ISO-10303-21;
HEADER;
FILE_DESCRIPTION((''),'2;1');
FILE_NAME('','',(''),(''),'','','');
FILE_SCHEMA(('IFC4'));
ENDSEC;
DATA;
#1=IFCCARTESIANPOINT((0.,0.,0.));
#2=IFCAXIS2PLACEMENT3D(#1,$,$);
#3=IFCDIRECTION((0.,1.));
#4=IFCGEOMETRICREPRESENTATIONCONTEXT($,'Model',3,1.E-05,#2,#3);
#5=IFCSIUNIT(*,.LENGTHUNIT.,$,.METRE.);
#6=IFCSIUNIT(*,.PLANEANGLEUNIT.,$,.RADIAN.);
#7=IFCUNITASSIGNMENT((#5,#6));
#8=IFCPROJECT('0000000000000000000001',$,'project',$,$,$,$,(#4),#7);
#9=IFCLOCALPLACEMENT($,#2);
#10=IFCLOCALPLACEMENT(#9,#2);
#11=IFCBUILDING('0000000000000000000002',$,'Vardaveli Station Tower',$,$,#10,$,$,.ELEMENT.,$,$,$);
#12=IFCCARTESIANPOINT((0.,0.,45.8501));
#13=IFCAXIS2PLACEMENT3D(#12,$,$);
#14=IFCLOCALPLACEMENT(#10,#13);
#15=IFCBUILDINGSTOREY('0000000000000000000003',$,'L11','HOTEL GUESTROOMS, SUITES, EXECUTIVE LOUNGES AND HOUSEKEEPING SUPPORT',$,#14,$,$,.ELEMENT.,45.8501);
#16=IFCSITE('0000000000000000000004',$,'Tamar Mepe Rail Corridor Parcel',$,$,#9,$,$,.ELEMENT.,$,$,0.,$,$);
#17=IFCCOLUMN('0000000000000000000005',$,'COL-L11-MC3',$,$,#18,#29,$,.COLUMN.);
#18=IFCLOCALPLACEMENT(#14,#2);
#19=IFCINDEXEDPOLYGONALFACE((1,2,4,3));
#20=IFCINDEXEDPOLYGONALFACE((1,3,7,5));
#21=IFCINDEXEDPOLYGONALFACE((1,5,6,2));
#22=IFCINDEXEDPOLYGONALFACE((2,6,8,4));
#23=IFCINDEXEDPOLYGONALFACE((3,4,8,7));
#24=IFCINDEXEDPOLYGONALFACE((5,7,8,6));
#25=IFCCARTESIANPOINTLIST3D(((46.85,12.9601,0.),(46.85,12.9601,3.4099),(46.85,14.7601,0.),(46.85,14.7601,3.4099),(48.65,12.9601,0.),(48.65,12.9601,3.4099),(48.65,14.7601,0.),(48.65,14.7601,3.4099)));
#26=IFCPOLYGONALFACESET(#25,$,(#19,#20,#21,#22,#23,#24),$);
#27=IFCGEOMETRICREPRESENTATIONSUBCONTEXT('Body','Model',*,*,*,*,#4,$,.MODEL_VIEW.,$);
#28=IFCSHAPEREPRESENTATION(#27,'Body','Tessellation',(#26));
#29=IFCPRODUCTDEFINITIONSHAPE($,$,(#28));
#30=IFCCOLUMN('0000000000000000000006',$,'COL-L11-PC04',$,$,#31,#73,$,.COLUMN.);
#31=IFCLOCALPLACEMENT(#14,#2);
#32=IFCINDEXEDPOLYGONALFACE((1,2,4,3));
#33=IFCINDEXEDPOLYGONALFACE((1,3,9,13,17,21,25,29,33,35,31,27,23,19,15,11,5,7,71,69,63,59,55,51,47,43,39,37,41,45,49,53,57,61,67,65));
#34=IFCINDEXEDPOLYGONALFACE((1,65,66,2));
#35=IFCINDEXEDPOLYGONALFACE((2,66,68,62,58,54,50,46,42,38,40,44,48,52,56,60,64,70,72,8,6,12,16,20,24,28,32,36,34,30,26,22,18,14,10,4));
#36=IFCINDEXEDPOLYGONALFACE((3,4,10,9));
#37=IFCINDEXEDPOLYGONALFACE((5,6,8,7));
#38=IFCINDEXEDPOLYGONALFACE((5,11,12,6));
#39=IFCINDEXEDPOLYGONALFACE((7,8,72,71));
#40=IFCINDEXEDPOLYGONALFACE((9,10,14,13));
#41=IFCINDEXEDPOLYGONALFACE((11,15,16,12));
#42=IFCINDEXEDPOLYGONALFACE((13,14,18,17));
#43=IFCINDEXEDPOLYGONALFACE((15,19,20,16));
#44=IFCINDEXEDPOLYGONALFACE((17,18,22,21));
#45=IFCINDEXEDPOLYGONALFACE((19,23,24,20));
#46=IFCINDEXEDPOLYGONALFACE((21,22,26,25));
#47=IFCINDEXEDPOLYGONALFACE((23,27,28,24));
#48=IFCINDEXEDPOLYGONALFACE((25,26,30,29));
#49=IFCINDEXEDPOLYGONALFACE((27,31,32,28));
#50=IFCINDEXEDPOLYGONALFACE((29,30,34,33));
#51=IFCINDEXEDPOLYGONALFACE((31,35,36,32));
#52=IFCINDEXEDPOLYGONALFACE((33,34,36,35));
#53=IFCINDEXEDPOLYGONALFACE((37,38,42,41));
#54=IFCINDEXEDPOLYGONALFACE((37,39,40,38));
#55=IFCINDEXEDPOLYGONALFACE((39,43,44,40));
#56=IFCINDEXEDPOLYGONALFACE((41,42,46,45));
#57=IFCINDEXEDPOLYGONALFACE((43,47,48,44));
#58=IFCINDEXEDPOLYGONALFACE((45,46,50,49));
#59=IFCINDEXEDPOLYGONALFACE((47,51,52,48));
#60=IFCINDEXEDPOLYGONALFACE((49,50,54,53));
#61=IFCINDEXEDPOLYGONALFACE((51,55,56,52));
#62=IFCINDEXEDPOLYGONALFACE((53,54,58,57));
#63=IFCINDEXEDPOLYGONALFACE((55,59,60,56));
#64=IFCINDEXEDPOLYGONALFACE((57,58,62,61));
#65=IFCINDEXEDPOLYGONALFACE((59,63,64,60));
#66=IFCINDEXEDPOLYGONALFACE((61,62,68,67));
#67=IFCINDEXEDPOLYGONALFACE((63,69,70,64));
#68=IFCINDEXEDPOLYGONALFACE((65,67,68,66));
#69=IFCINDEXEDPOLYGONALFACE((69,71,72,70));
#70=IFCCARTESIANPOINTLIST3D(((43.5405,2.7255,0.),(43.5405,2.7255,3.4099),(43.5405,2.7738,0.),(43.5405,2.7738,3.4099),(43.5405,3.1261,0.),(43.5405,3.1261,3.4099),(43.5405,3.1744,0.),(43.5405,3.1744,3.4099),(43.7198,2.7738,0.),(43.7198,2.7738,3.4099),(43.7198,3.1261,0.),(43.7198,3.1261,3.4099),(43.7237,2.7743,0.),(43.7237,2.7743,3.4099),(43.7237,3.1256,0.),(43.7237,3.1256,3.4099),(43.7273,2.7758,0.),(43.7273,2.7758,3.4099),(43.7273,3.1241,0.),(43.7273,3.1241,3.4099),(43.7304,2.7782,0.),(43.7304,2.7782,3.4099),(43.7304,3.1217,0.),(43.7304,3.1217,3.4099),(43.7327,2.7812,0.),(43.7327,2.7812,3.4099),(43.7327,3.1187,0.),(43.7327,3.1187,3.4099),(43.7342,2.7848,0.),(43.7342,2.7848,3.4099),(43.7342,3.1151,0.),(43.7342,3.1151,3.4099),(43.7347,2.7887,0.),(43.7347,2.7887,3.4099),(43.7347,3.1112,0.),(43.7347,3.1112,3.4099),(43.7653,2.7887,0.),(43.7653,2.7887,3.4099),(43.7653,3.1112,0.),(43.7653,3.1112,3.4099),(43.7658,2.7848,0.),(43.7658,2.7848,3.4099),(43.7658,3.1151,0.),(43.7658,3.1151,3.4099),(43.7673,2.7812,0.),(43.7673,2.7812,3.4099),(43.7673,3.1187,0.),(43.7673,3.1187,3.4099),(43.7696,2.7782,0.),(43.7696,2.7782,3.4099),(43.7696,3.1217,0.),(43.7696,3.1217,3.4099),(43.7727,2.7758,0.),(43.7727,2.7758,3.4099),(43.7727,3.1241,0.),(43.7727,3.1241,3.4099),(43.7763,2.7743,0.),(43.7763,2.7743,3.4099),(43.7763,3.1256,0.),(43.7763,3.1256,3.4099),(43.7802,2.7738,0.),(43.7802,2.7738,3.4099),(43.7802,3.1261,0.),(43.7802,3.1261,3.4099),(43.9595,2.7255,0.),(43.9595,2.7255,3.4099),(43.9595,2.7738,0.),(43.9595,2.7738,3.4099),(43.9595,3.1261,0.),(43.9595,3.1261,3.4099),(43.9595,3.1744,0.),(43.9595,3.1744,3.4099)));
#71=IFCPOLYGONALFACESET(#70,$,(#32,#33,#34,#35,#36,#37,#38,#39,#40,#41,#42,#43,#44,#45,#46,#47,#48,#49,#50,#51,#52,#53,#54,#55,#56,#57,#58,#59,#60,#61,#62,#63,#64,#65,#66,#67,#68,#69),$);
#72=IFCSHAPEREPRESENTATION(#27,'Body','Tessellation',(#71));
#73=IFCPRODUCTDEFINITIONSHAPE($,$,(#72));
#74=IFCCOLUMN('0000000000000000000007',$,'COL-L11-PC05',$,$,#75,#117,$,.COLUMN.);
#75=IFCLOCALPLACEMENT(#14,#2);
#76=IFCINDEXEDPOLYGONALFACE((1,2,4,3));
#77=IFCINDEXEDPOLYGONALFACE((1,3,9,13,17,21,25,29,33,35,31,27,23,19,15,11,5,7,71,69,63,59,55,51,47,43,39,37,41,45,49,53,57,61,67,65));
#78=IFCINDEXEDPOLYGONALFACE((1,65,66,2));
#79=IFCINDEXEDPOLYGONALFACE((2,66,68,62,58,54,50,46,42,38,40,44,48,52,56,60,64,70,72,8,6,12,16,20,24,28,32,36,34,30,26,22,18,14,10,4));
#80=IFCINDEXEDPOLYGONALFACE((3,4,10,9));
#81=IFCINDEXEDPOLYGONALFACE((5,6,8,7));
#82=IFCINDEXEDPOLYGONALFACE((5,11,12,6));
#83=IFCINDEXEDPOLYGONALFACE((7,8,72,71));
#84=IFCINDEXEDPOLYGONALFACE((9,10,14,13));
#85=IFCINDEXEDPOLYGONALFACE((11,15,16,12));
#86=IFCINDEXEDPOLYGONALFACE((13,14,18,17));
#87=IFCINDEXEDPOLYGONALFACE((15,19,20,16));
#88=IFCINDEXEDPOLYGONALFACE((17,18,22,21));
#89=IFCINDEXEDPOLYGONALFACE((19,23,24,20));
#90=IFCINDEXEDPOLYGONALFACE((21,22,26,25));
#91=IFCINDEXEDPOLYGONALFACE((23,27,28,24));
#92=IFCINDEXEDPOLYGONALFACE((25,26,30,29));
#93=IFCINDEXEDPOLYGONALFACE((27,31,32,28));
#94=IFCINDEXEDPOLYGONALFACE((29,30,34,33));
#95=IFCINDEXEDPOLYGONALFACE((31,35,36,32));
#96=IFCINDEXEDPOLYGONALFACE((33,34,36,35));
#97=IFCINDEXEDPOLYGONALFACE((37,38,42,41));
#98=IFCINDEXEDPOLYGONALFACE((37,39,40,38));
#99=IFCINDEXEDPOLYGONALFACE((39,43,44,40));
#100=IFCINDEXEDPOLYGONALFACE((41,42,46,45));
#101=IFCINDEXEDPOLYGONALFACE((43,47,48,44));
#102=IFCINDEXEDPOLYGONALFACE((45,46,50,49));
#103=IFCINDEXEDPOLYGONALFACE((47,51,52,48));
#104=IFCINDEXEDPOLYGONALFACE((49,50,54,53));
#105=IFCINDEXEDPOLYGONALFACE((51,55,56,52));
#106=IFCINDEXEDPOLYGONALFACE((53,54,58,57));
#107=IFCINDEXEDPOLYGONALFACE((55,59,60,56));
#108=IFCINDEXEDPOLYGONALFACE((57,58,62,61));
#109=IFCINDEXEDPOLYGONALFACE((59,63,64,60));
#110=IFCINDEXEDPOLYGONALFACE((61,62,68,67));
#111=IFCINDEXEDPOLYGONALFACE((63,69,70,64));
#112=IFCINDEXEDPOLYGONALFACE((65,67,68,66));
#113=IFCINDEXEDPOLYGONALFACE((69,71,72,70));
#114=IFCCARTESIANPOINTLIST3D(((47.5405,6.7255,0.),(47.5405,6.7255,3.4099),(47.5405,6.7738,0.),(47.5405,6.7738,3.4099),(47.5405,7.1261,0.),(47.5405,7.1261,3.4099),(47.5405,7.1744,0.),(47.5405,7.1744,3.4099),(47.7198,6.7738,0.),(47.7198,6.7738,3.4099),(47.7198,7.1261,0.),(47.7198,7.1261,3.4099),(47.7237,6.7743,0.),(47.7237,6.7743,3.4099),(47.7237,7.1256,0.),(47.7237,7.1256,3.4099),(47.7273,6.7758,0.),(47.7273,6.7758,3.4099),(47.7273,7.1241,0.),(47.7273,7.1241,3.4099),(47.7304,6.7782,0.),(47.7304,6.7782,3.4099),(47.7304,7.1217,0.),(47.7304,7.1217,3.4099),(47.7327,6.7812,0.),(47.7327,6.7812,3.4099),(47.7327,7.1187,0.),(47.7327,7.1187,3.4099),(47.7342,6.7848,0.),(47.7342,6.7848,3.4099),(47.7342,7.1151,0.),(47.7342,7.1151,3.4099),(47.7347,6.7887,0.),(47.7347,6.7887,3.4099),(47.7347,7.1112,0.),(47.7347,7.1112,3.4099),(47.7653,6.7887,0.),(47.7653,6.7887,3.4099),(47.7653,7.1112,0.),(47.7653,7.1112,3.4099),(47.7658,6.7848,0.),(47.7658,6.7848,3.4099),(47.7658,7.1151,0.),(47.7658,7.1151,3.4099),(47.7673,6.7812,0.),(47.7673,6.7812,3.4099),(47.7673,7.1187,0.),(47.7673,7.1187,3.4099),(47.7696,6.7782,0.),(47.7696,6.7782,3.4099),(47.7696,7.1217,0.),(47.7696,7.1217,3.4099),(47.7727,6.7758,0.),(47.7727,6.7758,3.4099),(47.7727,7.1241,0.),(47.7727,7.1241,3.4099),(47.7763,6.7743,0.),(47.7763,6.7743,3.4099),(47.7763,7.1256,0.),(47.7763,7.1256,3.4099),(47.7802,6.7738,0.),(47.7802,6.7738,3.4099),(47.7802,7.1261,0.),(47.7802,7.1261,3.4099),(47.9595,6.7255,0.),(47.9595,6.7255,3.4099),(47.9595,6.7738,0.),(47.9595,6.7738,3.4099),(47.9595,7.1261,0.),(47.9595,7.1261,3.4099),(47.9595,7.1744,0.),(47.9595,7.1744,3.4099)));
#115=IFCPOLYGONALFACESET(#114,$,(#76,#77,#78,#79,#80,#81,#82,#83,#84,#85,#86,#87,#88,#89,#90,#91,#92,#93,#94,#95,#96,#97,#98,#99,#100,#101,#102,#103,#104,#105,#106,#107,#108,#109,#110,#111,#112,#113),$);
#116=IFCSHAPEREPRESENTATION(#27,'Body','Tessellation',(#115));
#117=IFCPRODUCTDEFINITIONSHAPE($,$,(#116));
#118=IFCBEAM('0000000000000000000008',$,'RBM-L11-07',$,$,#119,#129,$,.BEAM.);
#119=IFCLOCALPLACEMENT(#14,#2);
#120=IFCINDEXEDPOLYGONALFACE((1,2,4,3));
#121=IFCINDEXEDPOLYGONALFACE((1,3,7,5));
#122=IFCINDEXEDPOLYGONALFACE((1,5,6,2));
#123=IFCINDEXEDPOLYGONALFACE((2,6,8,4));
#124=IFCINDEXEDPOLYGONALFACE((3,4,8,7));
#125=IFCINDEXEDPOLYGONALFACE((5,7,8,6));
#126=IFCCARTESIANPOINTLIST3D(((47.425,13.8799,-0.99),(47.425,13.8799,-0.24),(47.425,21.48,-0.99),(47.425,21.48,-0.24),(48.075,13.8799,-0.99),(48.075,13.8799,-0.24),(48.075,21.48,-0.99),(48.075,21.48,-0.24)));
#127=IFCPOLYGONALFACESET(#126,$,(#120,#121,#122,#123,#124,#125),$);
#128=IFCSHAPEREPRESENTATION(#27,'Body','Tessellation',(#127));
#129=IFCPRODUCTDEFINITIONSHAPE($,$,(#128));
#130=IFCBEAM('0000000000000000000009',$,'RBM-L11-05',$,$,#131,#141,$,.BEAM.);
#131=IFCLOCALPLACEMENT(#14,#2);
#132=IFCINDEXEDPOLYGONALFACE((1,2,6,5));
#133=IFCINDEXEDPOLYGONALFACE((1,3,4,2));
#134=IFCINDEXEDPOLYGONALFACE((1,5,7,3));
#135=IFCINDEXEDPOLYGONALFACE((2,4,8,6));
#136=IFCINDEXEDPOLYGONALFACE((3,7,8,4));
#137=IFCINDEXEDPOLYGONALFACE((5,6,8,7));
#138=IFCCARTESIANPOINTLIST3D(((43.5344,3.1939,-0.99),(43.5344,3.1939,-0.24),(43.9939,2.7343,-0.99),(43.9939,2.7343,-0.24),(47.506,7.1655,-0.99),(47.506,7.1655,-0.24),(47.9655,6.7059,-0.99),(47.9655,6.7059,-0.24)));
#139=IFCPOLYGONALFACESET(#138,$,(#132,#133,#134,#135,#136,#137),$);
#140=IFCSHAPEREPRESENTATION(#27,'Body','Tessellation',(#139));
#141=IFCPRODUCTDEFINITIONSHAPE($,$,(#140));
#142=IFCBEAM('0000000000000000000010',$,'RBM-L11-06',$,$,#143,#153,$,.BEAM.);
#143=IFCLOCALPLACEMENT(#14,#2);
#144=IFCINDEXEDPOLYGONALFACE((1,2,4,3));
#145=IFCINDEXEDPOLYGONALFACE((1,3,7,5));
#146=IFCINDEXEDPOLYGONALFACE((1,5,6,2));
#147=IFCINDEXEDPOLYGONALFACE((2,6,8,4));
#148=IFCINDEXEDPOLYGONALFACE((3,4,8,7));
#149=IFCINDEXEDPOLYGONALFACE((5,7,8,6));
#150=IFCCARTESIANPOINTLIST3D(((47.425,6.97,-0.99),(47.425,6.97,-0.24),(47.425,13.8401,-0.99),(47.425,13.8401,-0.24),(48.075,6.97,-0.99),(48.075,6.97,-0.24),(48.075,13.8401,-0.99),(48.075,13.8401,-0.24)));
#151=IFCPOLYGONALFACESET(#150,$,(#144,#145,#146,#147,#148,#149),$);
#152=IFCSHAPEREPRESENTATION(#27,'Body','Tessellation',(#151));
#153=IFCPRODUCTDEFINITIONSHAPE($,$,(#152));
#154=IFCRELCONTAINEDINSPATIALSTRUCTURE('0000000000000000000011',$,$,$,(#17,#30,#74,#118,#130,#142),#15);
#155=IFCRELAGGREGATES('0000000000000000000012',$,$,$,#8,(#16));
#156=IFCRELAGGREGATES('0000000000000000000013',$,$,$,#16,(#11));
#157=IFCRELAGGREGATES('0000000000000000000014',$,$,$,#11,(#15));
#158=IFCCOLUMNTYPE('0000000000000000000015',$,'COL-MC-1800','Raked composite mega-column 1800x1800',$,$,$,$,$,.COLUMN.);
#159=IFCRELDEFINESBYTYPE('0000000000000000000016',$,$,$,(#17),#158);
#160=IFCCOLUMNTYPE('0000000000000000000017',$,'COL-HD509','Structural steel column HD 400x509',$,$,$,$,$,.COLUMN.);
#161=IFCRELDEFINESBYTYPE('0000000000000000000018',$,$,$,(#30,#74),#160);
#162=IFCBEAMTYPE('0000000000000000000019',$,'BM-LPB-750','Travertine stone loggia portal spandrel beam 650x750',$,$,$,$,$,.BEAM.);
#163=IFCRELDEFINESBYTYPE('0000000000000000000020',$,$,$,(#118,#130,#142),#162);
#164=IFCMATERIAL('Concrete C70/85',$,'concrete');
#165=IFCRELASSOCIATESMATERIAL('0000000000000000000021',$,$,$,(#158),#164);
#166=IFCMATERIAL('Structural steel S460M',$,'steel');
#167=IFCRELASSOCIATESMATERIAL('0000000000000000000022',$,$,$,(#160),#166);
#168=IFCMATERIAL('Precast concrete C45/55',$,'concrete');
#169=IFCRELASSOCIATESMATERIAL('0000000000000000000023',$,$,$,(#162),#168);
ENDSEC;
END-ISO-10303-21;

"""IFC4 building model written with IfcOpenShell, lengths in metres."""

from ifc_helpers import new_model, si_unit, direction, frame, origin, origin_2d, place, context, subcontext, project, spatial, rectangle, i_section, extrude, source, transform, mapped, material, material_profile, profile_set, type_object, element, save


model = new_model("IFC4")

# Units and contexts
model_context = context("Model", 3, precision=1e-05, world=origin(), true_north=direction((0.0, 1.0)))
body_context = subcontext(model_context, "Body", "Model", "MODEL_VIEW")
ifc_project = project(units=[si_unit("LENGTHUNIT", "METRE"), si_unit("PLANEANGLEUNIT", "RADIAN")], contexts=[model_context])

# Site, building, storey
site_placement = place(None, origin())
site = spatial("IfcSite", under=ifc_project, at=site_placement, Name="Tamar Mepe Rail Corridor Parcel", CompositionType="ELEMENT", RefElevation=0.0)
building_placement = place(site_placement, origin())
building = spatial("IfcBuilding", under=site, at=building_placement, Name="Vardaveli Station Tower", CompositionType="ELEMENT")
storey_placement = place(building_placement, frame((0.0, 0.0, 45.8501)))
storey = spatial("IfcBuildingStorey", under=building, at=storey_placement, Name="L11", Description="HOTEL GUESTROOMS, SUITES, EXECUTIVE LOUNGES AND HOUSEKEEPING SUPPORT", CompositionType="ELEMENT", Elevation=45.8501)

# Columns
ifc_material_1 = material(Name="Concrete C70/85", Category="concrete")
ifc_material_profile_1 = material_profile(ifc_material_1, rectangle(XDim=1.8, YDim=1.8, at=origin_2d()), Name="MC 1800x1800")
ifc_profile_set_1 = profile_set([ifc_material_profile_1], Name="Concrete C70/85")
column_type_1 = type_object("IfcColumnType", Name="COL-MC-1800", Description="Raked composite mega-column 1800x1800", PredefinedType="COLUMN", material=ifc_profile_set_1)
shared_shape_1 = source(origin(), body_context, "Body", "SweptSolid", [
    extrude(rectangle(XDim=1.8, YDim=1.8, at=origin_2d()), origin(), (0.0, 0.0, 1.0), 3.4099),
])
column_placement = place(storey_placement, frame((47.75, 13.8601, 0.0), z_axis=(0.0, 0.0, 1.0), x_axis=(1.0, 0.0, 0.0)))
element("IfcColumn", 1, at=column_placement, inside=storey, type_object=column_type_1, Name="COL-L11-MC3", PredefinedType="COLUMN", context=body_context, shape_type="MappedRepresentation", body=[
    mapped(shared_shape_1, transform((0.0, 0.0, 0.0), scale=1.0)),
])
ifc_material_2 = material(Name="Structural steel S460M", Category="steel")
ifc_material_profile_2 = material_profile(ifc_material_2, i_section(OverallWidth=0.4189, OverallDepth=0.449, WebThickness=0.0305, FlangeThickness=0.0483, FilletRadius=0.0149, at=origin_2d()), Name="HD 400x509")
ifc_profile_set_2 = profile_set([ifc_material_profile_2], Name="Structural steel S460M")
column_type_2 = type_object("IfcColumnType", Name="COL-HD509", Description="Structural steel column HD 400x509", PredefinedType="COLUMN", material=ifc_profile_set_2)
shared_shape_2 = source(origin(), body_context, "Body", "SweptSolid", [
    extrude(i_section(OverallWidth=0.4189, OverallDepth=0.449, WebThickness=0.0305, FlangeThickness=0.0483, FilletRadius=0.0149, at=origin_2d()), origin(), (0.0, 0.0, 1.0), 3.4099),
])
for number, where, z_axis, x_axis, name in (
    (2, (43.75, 2.95, 0.0), (0.0, 0.0, 1.0), (1.0, 0.0, 0.0), "COL-L11-PC04"),
    (3, (47.75, 6.95, 0.0), (0.0, 0.0, 1.0), (1.0, 0.0, 0.0), "COL-L11-PC05"),
):
    element("IfcColumn", number, at=place(storey_placement, frame(where, z_axis=z_axis, x_axis=x_axis)), inside=storey, type_object=column_type_2, Name=name, PredefinedType="COLUMN", context=body_context, shape_type="MappedRepresentation", body=[
        mapped(shared_shape_2, transform((0.0, 0.0, 0.0), scale=1.0)),
    ])

# Beams
ifc_material_3 = material(Name="Precast concrete C45/55", Category="concrete")
ifc_material_profile_3 = material_profile(ifc_material_3, rectangle(XDim=0.6499, YDim=0.75, at=origin_2d()), Name="LPB 650x750")
ifc_profile_set_3 = profile_set([ifc_material_profile_3], Name="Precast concrete C45/55")
beam_type_1 = type_object("IfcBeamType", Name="BM-LPB-750", Description="Travertine stone loggia portal spandrel beam 650x750", PredefinedType="BEAM", material=ifc_profile_set_3)
shared_shape_3 = source(origin(), body_context, "Body", "SweptSolid", [
    extrude(rectangle(XDim=0.6499, YDim=0.75, at=origin_2d()), origin(), (0.0, 0.0, 1.0), 7.6001),
])
beam_1_placement = place(storey_placement, frame((47.75, 13.8799, -0.615), z_axis=(0.0, 1.0, 0.0), x_axis=(-1.0, 0.0, 0.0)))
element("IfcBeam", 4, at=beam_1_placement, inside=storey, type_object=beam_type_1, Name="RBM-L11-07", PredefinedType="BEAM", context=body_context, shape_type="MappedRepresentation", body=[
    mapped(shared_shape_3, transform((0.0, 0.0, 0.0), scale=1.0)),
])
shared_shape_4 = source(origin(), body_context, "Body", "SweptSolid", [
    extrude(rectangle(XDim=0.6499, YDim=0.75, at=origin_2d()), origin(), (0.0, 0.0, 1.0), 5.6167),
])
beam_2_placement = place(storey_placement, frame((43.7642, 2.9641, -0.615), z_axis=(0.707107, 0.707107, 0.0), x_axis=(-0.707107, 0.707107, 0.0)))
element("IfcBeam", 5, at=beam_2_placement, inside=storey, type_object=beam_type_1, Name="RBM-L11-05", PredefinedType="BEAM", context=body_context, shape_type="MappedRepresentation", body=[
    mapped(shared_shape_4, transform((0.0, 0.0, 0.0), scale=1.0)),
])
shared_shape_5 = source(origin(), body_context, "Body", "SweptSolid", [
    extrude(rectangle(XDim=0.6499, YDim=0.75, at=origin_2d()), origin(), (0.0, 0.0, 1.0), 6.8701),
])
beam_3_placement = place(storey_placement, frame((47.75, 6.97, -0.615), z_axis=(0.0, 1.0, 0.0), x_axis=(-1.0, 0.0, 0.0)))
element("IfcBeam", 6, at=beam_3_placement, inside=storey, type_object=beam_type_1, Name="RBM-L11-06", PredefinedType="BEAM", context=body_context, shape_type="MappedRepresentation", body=[
    mapped(shared_shape_5, transform((0.0, 0.0, 0.0), scale=1.0)),
])

save(model, "model.ifc")
